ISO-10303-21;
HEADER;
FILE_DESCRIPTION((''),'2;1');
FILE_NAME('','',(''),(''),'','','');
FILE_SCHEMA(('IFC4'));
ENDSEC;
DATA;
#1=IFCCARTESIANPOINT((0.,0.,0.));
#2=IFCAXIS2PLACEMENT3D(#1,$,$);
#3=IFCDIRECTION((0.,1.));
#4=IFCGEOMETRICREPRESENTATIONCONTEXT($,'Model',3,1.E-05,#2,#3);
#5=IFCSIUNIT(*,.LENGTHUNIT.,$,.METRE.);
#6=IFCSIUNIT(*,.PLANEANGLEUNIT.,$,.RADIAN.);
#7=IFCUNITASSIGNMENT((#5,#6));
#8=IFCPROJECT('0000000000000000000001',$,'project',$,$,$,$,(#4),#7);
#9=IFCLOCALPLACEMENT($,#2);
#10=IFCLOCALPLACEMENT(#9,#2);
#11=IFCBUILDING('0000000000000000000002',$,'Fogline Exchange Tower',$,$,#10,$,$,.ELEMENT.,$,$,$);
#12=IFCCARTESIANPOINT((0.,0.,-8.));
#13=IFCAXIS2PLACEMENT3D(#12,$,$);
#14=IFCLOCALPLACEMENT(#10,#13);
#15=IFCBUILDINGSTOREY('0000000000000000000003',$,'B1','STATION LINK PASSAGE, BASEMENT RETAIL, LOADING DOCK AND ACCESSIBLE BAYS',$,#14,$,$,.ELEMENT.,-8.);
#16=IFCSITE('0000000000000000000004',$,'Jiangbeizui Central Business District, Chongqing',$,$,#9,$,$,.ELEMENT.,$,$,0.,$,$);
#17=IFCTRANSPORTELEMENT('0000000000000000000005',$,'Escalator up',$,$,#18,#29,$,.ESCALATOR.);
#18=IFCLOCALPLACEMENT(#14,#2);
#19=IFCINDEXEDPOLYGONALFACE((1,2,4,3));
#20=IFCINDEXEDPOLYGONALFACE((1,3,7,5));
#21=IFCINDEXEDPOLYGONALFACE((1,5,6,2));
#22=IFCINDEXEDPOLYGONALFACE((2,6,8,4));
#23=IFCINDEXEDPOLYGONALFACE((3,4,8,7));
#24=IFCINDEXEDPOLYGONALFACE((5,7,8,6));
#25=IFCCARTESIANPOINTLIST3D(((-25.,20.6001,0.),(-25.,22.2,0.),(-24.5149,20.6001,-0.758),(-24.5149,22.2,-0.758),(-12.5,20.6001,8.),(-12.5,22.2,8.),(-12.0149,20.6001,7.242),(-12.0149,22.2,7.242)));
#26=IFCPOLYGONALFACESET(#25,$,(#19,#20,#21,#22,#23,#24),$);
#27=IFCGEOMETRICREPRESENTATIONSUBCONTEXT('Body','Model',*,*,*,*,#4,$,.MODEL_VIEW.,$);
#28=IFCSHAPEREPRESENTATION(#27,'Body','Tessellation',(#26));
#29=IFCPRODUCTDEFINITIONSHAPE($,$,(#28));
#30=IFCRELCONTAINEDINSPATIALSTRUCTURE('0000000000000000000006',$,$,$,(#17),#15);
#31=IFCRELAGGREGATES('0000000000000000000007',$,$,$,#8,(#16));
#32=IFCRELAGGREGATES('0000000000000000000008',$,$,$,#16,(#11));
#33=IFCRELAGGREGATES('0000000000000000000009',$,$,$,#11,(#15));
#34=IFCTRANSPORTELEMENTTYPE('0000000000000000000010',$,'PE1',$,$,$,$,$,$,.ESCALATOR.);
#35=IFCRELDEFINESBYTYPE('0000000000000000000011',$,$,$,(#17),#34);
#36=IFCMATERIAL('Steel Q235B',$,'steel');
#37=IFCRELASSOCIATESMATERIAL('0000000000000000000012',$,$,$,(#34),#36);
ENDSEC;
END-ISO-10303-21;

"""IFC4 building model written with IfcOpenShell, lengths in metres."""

from ifc_helpers import new_model, si_unit, direction, frame, origin, place, context, subcontext, project, spatial, polyline, outline, extrude, material, type_object, element, save


model = new_model("IFC4")

# Units and contexts
model_context = context("Model", 3, precision=1e-05, world=origin(), true_north=direction((0.0, 1.0)))
body_context = subcontext(model_context, "Body", "Model", "MODEL_VIEW")
ifc_project = project(units=[si_unit("LENGTHUNIT", "METRE"), si_unit("PLANEANGLEUNIT", "RADIAN")], contexts=[model_context])

# Site, building, storey
site_placement = place(None, origin())
site = spatial("IfcSite", under=ifc_project, at=site_placement, Name="Jiangbeizui Central Business District, Chongqing", CompositionType="ELEMENT", RefElevation=0.0)
building_placement = place(site_placement, origin())
building = spatial("IfcBuilding", under=site, at=building_placement, Name="Fogline Exchange Tower", CompositionType="ELEMENT")
storey_placement = place(building_placement, frame((0.0, 0.0, -8.0)))
storey = spatial("IfcBuildingStorey", under=building, at=storey_placement, Name="B1", Description="STATION LINK PASSAGE, BASEMENT RETAIL, LOADING DOCK AND ACCESSIBLE BAYS", CompositionType="ELEMENT", Elevation=-8.0)

# Shared definitions
ifc_material_1 = material(Name="Steel Q235B", Category="steel")

# Transport element
transport_element_type_1 = type_object("IfcTransportElementType", Name="PE1", PredefinedType="ESCALATOR", material=ifc_material_1)
transport_element_1_placement = place(storey_placement, frame((-25.0, 20.6001, 0.0), z_axis=(-0.539054, 0.0, 0.842271), x_axis=(0.0, 1.0, 0.0)))
element("IfcTransportElement", 1, at=transport_element_1_placement, inside=storey, type_object=transport_element_type_1, Name="Escalator up", PredefinedType="ESCALATOR", context=body_context, shape_type="SweptSolid", body=[
    extrude(outline(polyline([(0.0, 0.0), (1.5999, 0.0), (1.5999, -14.8408), (0.0, -14.8408), (0.0, 0.0)])), origin(), (0.0, 0.0, -1.0), 0.8999),
])

save(model, "model.ifc")
